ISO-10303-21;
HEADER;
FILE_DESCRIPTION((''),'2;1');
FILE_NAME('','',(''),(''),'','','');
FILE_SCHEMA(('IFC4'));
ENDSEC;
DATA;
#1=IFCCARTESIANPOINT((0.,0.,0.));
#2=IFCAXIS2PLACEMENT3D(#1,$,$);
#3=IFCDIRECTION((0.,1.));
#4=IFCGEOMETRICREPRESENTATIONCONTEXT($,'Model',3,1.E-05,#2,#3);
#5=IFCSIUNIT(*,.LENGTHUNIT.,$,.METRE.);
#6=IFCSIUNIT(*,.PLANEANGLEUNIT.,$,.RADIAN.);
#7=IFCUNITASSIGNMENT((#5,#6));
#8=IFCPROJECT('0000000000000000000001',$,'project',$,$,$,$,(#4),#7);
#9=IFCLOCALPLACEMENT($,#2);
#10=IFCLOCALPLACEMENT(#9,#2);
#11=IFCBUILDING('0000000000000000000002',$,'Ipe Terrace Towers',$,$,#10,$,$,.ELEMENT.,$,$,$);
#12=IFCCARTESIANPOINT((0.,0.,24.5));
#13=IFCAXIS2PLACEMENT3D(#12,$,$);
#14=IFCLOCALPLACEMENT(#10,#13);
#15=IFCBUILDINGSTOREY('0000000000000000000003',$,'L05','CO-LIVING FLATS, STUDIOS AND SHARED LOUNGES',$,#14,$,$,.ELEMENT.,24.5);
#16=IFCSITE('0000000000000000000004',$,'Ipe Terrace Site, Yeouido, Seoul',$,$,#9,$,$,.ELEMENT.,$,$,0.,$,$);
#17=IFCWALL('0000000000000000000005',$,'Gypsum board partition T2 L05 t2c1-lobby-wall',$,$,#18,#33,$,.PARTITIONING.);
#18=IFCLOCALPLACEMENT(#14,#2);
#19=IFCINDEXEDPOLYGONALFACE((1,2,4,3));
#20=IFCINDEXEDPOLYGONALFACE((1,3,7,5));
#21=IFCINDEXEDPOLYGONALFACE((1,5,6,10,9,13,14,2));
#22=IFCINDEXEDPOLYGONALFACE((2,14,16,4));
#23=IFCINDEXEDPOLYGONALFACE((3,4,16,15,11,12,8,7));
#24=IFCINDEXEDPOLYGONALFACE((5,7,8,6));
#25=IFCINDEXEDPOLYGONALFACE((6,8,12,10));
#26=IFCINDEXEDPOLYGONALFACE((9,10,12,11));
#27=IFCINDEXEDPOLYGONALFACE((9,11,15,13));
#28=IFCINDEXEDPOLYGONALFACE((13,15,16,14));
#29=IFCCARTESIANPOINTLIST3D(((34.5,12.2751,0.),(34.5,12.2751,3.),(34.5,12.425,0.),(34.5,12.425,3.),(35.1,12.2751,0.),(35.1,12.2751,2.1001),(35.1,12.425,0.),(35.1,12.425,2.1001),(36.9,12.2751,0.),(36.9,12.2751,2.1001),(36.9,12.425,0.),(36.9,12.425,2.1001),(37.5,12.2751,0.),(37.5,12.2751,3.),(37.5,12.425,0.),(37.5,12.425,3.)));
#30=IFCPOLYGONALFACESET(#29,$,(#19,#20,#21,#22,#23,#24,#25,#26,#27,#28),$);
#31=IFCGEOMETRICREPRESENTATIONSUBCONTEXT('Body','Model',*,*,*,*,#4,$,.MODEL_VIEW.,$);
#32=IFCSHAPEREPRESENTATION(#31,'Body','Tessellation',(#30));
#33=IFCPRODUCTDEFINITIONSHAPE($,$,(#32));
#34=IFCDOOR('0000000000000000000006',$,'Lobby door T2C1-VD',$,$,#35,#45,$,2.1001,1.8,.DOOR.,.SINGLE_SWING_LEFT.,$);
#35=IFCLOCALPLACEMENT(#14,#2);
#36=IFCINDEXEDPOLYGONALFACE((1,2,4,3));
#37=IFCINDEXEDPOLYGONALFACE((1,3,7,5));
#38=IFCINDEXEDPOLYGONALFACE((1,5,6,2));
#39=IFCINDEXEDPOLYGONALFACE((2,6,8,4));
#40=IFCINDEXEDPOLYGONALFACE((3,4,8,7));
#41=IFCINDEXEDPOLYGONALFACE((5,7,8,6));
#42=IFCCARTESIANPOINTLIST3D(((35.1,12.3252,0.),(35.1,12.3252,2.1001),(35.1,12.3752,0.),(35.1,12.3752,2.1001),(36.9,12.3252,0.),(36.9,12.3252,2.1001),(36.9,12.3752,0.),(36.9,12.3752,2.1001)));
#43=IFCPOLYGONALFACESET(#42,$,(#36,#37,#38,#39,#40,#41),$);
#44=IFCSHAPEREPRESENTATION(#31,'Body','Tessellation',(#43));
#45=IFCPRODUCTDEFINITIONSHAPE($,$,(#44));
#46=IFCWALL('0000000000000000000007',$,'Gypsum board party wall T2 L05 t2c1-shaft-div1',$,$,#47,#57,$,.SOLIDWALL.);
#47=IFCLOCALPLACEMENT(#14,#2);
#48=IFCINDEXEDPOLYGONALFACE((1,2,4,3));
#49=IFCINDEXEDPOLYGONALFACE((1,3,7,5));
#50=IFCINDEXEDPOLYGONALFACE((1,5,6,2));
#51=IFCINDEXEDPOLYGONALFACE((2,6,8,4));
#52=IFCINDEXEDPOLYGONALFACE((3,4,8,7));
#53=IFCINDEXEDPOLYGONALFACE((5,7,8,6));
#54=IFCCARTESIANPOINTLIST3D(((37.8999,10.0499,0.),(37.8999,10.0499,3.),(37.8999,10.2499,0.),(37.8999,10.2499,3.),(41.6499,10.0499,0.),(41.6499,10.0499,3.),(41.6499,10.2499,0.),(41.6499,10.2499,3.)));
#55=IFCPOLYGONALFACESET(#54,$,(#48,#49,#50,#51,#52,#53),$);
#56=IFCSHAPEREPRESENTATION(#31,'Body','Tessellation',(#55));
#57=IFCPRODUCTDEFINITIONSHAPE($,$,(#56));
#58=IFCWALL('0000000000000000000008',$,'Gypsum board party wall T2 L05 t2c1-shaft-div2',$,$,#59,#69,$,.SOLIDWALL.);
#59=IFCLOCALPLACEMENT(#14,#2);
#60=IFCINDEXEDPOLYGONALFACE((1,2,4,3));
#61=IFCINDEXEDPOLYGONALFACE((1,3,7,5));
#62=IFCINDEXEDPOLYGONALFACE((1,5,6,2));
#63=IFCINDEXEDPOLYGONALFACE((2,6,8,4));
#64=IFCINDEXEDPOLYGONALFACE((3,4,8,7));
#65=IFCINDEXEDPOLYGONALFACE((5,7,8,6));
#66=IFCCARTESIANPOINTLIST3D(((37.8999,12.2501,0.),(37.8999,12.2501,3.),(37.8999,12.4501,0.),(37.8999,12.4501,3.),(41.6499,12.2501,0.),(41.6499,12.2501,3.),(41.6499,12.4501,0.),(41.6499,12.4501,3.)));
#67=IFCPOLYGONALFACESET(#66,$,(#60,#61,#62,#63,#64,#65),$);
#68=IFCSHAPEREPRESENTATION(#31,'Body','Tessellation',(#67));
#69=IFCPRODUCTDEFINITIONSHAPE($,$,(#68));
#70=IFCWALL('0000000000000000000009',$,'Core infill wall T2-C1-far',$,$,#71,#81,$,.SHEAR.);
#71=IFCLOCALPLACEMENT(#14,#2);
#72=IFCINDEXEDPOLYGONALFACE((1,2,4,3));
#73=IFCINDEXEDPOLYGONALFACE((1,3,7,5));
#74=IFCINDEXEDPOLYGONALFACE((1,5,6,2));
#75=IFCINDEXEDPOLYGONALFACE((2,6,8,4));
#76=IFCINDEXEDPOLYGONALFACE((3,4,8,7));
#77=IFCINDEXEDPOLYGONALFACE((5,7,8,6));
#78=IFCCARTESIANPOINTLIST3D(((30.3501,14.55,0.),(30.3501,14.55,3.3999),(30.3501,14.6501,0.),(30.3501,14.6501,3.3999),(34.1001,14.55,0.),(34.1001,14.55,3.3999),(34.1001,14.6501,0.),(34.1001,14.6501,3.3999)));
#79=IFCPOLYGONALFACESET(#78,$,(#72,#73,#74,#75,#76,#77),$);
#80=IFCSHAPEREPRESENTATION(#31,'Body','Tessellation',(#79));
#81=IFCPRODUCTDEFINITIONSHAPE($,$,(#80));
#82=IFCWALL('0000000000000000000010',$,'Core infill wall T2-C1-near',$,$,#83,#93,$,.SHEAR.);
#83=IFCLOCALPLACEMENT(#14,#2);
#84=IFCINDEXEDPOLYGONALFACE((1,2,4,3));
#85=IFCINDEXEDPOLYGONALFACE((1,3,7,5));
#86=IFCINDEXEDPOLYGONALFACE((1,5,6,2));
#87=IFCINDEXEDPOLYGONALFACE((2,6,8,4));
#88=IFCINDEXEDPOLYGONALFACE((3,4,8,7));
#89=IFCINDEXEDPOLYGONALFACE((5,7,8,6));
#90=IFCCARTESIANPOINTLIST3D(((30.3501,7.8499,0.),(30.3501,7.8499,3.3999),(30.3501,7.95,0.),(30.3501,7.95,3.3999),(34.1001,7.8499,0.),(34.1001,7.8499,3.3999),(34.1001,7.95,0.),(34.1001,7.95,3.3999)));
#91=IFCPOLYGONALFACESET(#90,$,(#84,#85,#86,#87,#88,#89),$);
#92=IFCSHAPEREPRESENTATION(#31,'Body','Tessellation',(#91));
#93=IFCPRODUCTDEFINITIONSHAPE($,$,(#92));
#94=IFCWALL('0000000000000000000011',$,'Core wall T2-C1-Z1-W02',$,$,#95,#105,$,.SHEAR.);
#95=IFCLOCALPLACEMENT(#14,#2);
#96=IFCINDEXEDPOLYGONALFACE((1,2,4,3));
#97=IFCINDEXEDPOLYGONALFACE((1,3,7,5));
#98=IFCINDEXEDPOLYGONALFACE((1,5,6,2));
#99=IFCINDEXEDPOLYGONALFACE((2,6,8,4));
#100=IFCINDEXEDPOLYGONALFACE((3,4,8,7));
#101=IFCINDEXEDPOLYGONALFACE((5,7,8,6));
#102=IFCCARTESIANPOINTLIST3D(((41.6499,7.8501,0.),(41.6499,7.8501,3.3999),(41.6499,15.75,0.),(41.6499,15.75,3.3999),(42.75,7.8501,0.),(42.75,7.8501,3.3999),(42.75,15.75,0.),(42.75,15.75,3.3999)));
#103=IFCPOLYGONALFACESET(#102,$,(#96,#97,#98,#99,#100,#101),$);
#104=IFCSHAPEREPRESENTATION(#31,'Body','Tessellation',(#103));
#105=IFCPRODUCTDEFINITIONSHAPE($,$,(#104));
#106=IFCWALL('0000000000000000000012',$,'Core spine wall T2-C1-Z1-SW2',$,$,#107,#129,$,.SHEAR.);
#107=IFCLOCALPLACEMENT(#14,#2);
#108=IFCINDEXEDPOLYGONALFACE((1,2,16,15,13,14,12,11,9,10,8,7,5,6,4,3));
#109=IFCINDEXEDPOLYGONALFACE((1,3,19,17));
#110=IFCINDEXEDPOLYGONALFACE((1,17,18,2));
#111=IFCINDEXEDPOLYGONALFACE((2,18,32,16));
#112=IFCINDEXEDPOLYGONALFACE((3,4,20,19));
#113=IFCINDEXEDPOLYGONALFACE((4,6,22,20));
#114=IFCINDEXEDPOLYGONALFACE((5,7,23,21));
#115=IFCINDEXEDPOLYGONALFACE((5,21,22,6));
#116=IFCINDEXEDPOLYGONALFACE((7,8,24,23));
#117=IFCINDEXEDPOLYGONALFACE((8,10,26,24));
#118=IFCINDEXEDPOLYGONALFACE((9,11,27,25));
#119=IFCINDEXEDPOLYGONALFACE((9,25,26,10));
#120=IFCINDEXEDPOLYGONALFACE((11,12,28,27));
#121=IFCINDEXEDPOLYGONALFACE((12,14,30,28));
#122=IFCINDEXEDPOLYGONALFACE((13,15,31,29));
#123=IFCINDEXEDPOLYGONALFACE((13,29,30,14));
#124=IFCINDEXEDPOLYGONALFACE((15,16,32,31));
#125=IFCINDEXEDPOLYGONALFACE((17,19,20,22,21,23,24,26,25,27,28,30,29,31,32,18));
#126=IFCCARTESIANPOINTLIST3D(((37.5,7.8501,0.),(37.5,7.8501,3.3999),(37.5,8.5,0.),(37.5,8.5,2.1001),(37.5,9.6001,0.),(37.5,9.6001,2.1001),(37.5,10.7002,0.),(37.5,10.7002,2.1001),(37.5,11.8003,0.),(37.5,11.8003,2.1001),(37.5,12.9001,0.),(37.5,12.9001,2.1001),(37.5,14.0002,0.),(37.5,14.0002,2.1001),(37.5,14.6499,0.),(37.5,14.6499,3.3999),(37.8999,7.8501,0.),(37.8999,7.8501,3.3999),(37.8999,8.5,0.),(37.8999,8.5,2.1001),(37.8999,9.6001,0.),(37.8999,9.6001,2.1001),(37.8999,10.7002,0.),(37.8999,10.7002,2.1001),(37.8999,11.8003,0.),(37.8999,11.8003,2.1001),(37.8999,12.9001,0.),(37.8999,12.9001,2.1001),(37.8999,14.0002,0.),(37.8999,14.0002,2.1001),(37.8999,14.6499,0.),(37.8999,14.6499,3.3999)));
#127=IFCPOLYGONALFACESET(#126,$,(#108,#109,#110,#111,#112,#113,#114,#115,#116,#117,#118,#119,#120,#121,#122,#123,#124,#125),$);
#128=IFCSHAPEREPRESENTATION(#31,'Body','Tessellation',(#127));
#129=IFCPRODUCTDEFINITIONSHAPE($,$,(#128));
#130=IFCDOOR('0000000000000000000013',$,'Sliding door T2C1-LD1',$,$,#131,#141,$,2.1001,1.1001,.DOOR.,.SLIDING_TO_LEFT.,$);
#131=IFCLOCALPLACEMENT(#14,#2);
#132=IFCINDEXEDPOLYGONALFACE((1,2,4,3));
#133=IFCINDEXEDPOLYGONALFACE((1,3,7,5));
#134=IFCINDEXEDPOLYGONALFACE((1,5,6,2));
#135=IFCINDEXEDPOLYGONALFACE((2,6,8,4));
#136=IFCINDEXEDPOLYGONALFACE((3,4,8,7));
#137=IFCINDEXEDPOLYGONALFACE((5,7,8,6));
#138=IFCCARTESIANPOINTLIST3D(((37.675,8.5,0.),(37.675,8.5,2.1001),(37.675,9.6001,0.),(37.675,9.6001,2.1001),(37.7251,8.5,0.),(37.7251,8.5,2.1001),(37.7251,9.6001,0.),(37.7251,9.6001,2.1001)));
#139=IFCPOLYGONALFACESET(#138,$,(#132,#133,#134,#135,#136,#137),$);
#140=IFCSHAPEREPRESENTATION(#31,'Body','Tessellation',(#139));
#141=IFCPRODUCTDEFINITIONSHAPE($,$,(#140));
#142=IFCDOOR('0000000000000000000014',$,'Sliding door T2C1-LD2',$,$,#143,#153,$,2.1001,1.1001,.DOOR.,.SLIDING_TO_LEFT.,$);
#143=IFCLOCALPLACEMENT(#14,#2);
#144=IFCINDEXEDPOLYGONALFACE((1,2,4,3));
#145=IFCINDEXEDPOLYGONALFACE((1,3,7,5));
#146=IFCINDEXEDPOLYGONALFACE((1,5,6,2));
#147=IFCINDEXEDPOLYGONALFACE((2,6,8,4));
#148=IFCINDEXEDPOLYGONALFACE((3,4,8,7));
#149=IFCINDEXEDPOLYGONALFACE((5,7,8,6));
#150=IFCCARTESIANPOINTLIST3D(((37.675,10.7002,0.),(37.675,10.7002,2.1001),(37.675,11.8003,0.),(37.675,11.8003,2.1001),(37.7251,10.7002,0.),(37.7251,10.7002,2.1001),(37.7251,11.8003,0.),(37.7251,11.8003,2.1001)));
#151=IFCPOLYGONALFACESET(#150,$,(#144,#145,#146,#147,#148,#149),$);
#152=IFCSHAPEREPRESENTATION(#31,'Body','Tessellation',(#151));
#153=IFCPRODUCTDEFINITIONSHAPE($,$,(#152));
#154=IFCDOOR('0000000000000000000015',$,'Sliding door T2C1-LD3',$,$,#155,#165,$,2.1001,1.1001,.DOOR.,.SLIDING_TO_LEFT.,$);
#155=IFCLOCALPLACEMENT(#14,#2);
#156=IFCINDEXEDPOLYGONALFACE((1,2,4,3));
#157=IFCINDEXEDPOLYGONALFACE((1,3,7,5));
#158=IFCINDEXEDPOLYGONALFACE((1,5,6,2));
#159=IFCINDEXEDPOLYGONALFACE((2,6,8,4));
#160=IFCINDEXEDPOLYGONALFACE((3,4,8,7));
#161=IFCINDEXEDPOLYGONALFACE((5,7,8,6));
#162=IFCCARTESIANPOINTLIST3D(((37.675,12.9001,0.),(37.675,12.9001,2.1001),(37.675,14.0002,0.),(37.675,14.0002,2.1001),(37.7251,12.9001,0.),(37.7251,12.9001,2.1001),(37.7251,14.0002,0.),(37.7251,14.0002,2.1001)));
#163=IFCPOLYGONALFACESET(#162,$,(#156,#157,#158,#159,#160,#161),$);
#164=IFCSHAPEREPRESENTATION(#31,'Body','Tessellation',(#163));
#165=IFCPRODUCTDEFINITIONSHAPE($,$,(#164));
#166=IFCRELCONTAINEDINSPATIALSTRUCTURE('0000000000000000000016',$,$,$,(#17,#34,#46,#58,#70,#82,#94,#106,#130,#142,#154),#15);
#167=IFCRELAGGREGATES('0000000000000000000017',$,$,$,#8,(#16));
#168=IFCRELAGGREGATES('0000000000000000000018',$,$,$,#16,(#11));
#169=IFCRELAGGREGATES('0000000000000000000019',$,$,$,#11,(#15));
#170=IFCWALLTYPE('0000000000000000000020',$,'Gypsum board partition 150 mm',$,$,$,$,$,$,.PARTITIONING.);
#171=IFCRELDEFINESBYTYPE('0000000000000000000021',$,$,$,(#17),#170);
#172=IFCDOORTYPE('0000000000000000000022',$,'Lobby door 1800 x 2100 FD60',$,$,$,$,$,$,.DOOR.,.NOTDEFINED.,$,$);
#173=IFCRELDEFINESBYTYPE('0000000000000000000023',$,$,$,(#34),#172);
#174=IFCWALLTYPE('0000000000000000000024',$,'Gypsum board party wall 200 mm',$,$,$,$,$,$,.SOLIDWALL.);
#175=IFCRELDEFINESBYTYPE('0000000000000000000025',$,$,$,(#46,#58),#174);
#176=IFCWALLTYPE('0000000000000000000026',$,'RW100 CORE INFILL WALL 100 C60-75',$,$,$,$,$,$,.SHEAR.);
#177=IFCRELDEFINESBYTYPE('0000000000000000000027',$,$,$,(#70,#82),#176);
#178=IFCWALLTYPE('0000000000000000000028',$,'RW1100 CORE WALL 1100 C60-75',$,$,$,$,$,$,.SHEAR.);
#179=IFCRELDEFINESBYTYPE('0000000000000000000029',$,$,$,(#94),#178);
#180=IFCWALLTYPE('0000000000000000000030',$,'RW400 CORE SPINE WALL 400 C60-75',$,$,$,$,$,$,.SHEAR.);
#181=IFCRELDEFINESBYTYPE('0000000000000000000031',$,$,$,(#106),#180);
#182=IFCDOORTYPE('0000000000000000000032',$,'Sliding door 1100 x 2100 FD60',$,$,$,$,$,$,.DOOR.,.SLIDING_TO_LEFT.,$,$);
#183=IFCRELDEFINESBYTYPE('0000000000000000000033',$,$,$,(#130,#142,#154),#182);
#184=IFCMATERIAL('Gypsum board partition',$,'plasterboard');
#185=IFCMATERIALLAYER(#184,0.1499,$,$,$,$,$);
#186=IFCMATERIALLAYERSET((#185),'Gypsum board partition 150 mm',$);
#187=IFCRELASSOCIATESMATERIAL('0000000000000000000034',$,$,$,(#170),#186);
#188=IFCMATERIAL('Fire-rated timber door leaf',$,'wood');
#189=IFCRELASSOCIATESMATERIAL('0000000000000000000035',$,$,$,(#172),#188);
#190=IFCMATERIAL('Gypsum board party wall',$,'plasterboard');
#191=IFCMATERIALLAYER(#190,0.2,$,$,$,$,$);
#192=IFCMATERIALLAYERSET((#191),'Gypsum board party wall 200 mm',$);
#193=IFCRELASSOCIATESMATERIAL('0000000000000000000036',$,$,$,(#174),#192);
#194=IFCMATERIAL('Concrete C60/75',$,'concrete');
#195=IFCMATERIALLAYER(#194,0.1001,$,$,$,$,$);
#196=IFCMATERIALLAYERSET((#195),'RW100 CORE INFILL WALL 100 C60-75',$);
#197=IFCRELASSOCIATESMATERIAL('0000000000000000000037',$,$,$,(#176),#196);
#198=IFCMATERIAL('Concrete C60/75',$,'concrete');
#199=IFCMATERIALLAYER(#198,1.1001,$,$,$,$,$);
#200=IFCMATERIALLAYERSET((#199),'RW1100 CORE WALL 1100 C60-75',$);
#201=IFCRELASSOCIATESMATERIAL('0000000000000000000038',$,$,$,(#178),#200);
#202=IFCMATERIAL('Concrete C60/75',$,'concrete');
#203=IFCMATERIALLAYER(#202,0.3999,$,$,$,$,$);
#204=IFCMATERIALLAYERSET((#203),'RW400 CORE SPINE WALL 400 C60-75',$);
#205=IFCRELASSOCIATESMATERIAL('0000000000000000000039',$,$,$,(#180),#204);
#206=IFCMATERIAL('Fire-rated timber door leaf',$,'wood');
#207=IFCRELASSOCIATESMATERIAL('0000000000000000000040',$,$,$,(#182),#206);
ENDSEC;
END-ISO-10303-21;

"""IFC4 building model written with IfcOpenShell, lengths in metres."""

from ifc_helpers import new_model, si_unit, direction, frame, frame_2d, origin, place, context, subcontext, project, spatial, rectangle, extrude, material, layer, layer_set, type_object, element, fill, save


model = new_model("IFC4")

# Units and contexts
model_context = context("Model", 3, precision=1e-05, world=origin(), true_north=direction((0.0, 1.0)))
body_context = subcontext(model_context, "Body", "Model", "MODEL_VIEW")
ifc_project = project(units=[si_unit("LENGTHUNIT", "METRE"), si_unit("PLANEANGLEUNIT", "RADIAN")], contexts=[model_context])

# Site, building, storey
site_placement = place(None, origin())
site = spatial("IfcSite", under=ifc_project, at=site_placement, Name="Ipe Terrace Site, Yeouido, Seoul", CompositionType="ELEMENT", RefElevation=0.0)
building_placement = place(site_placement, origin())
building = spatial("IfcBuilding", under=site, at=building_placement, Name="Ipe Terrace Towers", CompositionType="ELEMENT")
storey_placement = place(building_placement, frame((0.0, 0.0, 24.5)))
storey = spatial("IfcBuildingStorey", under=building, at=storey_placement, Name="L05", Description="CO-LIVING FLATS, STUDIOS AND SHARED LOUNGES", CompositionType="ELEMENT", Elevation=24.5)

# Wall, opening, door
ifc_material_1 = material(Name="Gypsum board partition", Category="plasterboard")
ifc_layer_1 = layer(ifc_material_1, 0.1499)
ifc_layer_set_1 = layer_set([ifc_layer_1], Name="Gypsum board partition 150 mm")
wall_type_1 = type_object("IfcWallType", Name="Gypsum board partition 150 mm", PredefinedType="PARTITIONING", material=ifc_layer_set_1)
wall_1_placement = place(storey_placement, frame((37.5, 12.3501, 0.0), z_axis=(0.0, 0.0, 1.0), x_axis=(-1.0, 0.0, 0.0)))
wall_1 = element("IfcWall", 1, at=wall_1_placement, inside=storey, type_object=wall_type_1, Name="Gypsum board partition T2 L05 t2c1-lobby-wall", PredefinedType="PARTITIONING", context=body_context, shape_type="SweptSolid", body=[
    extrude(rectangle(XDim=3.0, YDim=0.1499, at=frame_2d((1.5, 0.0))), origin(), (0.0, 0.0, 1.0), 3.0),
])
opening_1_placement = place(wall_1_placement, frame((0.6001, 0.0, 0.0)))
opening_1 = element("IfcOpeningElement", 2, at=opening_1_placement, cuts=wall_1, PredefinedType="OPENING", context=body_context, shape_type="SweptSolid", body=[
    extrude(rectangle(XDim=1.8, YDim=2.1001, at=frame_2d((0.8999, 1.05))), frame((0.0, 0.085, 0.0), z_axis=(0.0, -1.0, 0.0), x_axis=(1.0, 0.0, 0.0)), (0.0, 0.0, 1.0), 0.1699),
])
ifc_material_2 = material(Name="Fire-rated timber door leaf", Category="wood")
door_type_1 = type_object("IfcDoorType", Name="Lobby door 1800 x 2100 FD60", OperationType="NOTDEFINED", PredefinedType="DOOR", material=ifc_material_2)
door_1_placement = place(opening_1_placement, origin())
door_1 = element("IfcDoor", 3, at=door_1_placement, inside=storey, type_object=door_type_1, Name="Lobby door T2C1-VD", OperationType="SINGLE_SWING_LEFT", OverallHeight=2.1001, OverallWidth=1.8, PredefinedType="DOOR", context=body_context, shape_type="SweptSolid", body=[
    extrude(rectangle(XDim=1.8, YDim=2.1001, at=frame_2d((0.8999, 1.05))), frame((0.0, 0.0249, 0.0), z_axis=(0.0, -1.0, 0.0), x_axis=(1.0, 0.0, 0.0)), (0.0, 0.0, 1.0), 0.05),
])
fill(opening_1, door_1)

# Walls
ifc_material_3 = material(Name="Gypsum board party wall", Category="plasterboard")
ifc_layer_2 = layer(ifc_material_3, 0.2)
ifc_layer_set_2 = layer_set([ifc_layer_2], Name="Gypsum board party wall 200 mm")
wall_type_2 = type_object("IfcWallType", Name="Gypsum board party wall 200 mm", PredefinedType="SOLIDWALL", material=ifc_layer_set_2)
for number, where, z_axis, x_axis, name in (
    (4, (41.6499, 10.1499, 0.0), (0.0, 0.0, 1.0), (-1.0, 0.0, 0.0), "Gypsum board party wall T2 L05 t2c1-shaft-div1"),
    (5, (41.6499, 12.3501, 0.0), (0.0, 0.0, 1.0), (-1.0, 0.0, 0.0), "Gypsum board party wall T2 L05 t2c1-shaft-div2"),
):
    element("IfcWall", number, at=place(storey_placement, frame(where, z_axis=z_axis, x_axis=x_axis)), inside=storey, type_object=wall_type_2, Name=name, PredefinedType="SOLIDWALL", context=body_context, shape_type="SweptSolid", body=[
        extrude(rectangle(XDim=3.75, YDim=0.2, at=frame_2d((1.875, 0.0))), origin(), (0.0, 0.0, 1.0), 3.0),
    ])
ifc_material_4 = material(Name="Concrete C60/75", Category="concrete")
ifc_layer_3 = layer(ifc_material_4, 0.1001)
ifc_layer_set_3 = layer_set([ifc_layer_3], Name="RW100 CORE INFILL WALL 100 C60-75")
wall_type_3 = type_object("IfcWallType", Name="RW100 CORE INFILL WALL 100 C60-75", PredefinedType="SHEAR", material=ifc_layer_set_3)
for number, where, z_axis, x_axis, name in (
    (6, (34.1001, 14.6001, 0.0), (0.0, 0.0, 1.0), (-1.0, 0.0, 0.0), "Core infill wall T2-C1-far"),
    (7, (34.1001, 7.8999, 0.0), (0.0, 0.0, 1.0), (-1.0, 0.0, 0.0), "Core infill wall T2-C1-near"),
):
    element("IfcWall", number, at=place(storey_placement, frame(where, z_axis=z_axis, x_axis=x_axis)), inside=storey, type_object=wall_type_3, Name=name, PredefinedType="SHEAR", context=body_context, shape_type="SweptSolid", body=[
        extrude(rectangle(XDim=3.75, YDim=0.1001, at=frame_2d((1.875, 0.0))), origin(), (0.0, 0.0, 1.0), 3.3999),
    ])
ifc_material_5 = material(Name="Concrete C60/75", Category="concrete")
ifc_layer_4 = layer(ifc_material_5, 1.1001)
ifc_layer_set_4 = layer_set([ifc_layer_4], Name="RW1100 CORE WALL 1100 C60-75")
wall_type_4 = type_object("IfcWallType", Name="RW1100 CORE WALL 1100 C60-75", PredefinedType="SHEAR", material=ifc_layer_set_4)
wall_2_placement = place(storey_placement, frame((42.2, 7.8501, 0.0), z_axis=(0.0, 0.0, 1.0), x_axis=(0.0, 1.0, 0.0)))
element("IfcWall", 8, at=wall_2_placement, inside=storey, type_object=wall_type_4, Name="Core wall T2-C1-Z1-W02", PredefinedType="SHEAR", context=body_context, shape_type="SweptSolid", body=[
    extrude(rectangle(XDim=7.8999, YDim=1.1001, at=frame_2d((3.95, 0.0))), origin(), (0.0, 0.0, 1.0), 3.3999),
])

# Wall, openings, doors
ifc_material_6 = material(Name="Concrete C60/75", Category="concrete")
ifc_layer_5 = layer(ifc_material_6, 0.3999)
ifc_layer_set_5 = layer_set([ifc_layer_5], Name="RW400 CORE SPINE WALL 400 C60-75")
wall_type_5 = type_object("IfcWallType", Name="RW400 CORE SPINE WALL 400 C60-75", PredefinedType="SHEAR", material=ifc_layer_set_5)
wall_3_placement = place(storey_placement, frame((37.7, 7.8501, 0.0), z_axis=(0.0, 0.0, 1.0), x_axis=(0.0, 1.0, 0.0)))
wall_3 = element("IfcWall", 9, at=wall_3_placement, inside=storey, type_object=wall_type_5, Name="Core spine wall T2-C1-Z1-SW2", PredefinedType="SHEAR", context=body_context, shape_type="SweptSolid", body=[
    extrude(rectangle(XDim=6.7998, YDim=0.3999, at=frame_2d((3.3999, 0.0))), origin(), (0.0, 0.0, 1.0), 3.3999),
])
opening_2_placement = place(wall_3_placement, frame((0.6499, 0.0, 0.0)))
opening_2 = element("IfcOpeningElement", 10, at=opening_2_placement, cuts=wall_3, PredefinedType="OPENING", context=body_context, shape_type="SweptSolid", body=[
    extrude(rectangle(XDim=1.1001, YDim=2.1001, at=frame_2d((0.55, 1.05))), frame((0.0, 0.21, 0.0), z_axis=(0.0, -1.0, 0.0), x_axis=(1.0, 0.0, 0.0)), (0.0, 0.0, 1.0), 0.4199),
])
opening_3_placement = place(wall_3_placement, frame((2.8501, 0.0, 0.0)))
opening_3 = element("IfcOpeningElement", 11, at=opening_3_placement, cuts=wall_3, PredefinedType="OPENING", context=body_context, shape_type="SweptSolid", body=[
    extrude(rectangle(XDim=1.1001, YDim=2.1001, at=frame_2d((0.55, 1.05))), frame((0.0, 0.21, 0.0), z_axis=(0.0, -1.0, 0.0), x_axis=(1.0, 0.0, 0.0)), (0.0, 0.0, 1.0), 0.4199),
])
opening_4_placement = place(wall_3_placement, frame((5.05, 0.0, 0.0)))
opening_4 = element("IfcOpeningElement", 12, at=opening_4_placement, cuts=wall_3, PredefinedType="OPENING", context=body_context, shape_type="SweptSolid", body=[
    extrude(rectangle(XDim=1.1001, YDim=2.1001, at=frame_2d((0.55, 1.05))), frame((0.0, 0.21, 0.0), z_axis=(0.0, -1.0, 0.0), x_axis=(1.0, 0.0, 0.0)), (0.0, 0.0, 1.0), 0.4199),
])
ifc_material_7 = material(Name="Fire-rated timber door leaf", Category="wood")
door_type_2 = type_object("IfcDoorType", Name="Sliding door 1100 x 2100 FD60", OperationType="SLIDING_TO_LEFT", PredefinedType="DOOR", material=ifc_material_7)
door_2_placement = place(opening_2_placement, origin())
door_2 = element("IfcDoor", 13, at=door_2_placement, inside=storey, type_object=door_type_2, Name="Sliding door T2C1-LD1", OperationType="SLIDING_TO_LEFT", OverallHeight=2.1001, OverallWidth=1.1001, PredefinedType="DOOR", context=body_context, shape_type="SweptSolid", body=[
    extrude(rectangle(XDim=1.1001, YDim=2.1001, at=frame_2d((0.55, 1.05))), frame((0.0, 0.0249, 0.0), z_axis=(0.0, -1.0, 0.0), x_axis=(1.0, 0.0, 0.0)), (0.0, 0.0, 1.0), 0.05),
])
fill(opening_2, door_2)
door_3_placement = place(opening_3_placement, origin())
door_3 = element("IfcDoor", 14, at=door_3_placement, inside=storey, type_object=door_type_2, Name="Sliding door T2C1-LD2", OperationType="SLIDING_TO_LEFT", OverallHeight=2.1001, OverallWidth=1.1001, PredefinedType="DOOR", context=body_context, shape_type="SweptSolid", body=[
    extrude(rectangle(XDim=1.1001, YDim=2.1001, at=frame_2d((0.55, 1.05))), frame((0.0, 0.0249, 0.0), z_axis=(0.0, -1.0, 0.0), x_axis=(1.0, 0.0, 0.0)), (0.0, 0.0, 1.0), 0.05),
])
fill(opening_3, door_3)
door_4_placement = place(opening_4_placement, origin())
door_4 = element("IfcDoor", 15, at=door_4_placement, inside=storey, type_object=door_type_2, Name="Sliding door T2C1-LD3", OperationType="SLIDING_TO_LEFT", OverallHeight=2.1001, OverallWidth=1.1001, PredefinedType="DOOR", context=body_context, shape_type="SweptSolid", body=[
    extrude(rectangle(XDim=1.1001, YDim=2.1001, at=frame_2d((0.55, 1.05))), frame((0.0, 0.0249, 0.0), z_axis=(0.0, -1.0, 0.0), x_axis=(1.0, 0.0, 0.0)), (0.0, 0.0, 1.0), 0.05),
])
fill(opening_4, door_4)

save(model, "model.ifc")
